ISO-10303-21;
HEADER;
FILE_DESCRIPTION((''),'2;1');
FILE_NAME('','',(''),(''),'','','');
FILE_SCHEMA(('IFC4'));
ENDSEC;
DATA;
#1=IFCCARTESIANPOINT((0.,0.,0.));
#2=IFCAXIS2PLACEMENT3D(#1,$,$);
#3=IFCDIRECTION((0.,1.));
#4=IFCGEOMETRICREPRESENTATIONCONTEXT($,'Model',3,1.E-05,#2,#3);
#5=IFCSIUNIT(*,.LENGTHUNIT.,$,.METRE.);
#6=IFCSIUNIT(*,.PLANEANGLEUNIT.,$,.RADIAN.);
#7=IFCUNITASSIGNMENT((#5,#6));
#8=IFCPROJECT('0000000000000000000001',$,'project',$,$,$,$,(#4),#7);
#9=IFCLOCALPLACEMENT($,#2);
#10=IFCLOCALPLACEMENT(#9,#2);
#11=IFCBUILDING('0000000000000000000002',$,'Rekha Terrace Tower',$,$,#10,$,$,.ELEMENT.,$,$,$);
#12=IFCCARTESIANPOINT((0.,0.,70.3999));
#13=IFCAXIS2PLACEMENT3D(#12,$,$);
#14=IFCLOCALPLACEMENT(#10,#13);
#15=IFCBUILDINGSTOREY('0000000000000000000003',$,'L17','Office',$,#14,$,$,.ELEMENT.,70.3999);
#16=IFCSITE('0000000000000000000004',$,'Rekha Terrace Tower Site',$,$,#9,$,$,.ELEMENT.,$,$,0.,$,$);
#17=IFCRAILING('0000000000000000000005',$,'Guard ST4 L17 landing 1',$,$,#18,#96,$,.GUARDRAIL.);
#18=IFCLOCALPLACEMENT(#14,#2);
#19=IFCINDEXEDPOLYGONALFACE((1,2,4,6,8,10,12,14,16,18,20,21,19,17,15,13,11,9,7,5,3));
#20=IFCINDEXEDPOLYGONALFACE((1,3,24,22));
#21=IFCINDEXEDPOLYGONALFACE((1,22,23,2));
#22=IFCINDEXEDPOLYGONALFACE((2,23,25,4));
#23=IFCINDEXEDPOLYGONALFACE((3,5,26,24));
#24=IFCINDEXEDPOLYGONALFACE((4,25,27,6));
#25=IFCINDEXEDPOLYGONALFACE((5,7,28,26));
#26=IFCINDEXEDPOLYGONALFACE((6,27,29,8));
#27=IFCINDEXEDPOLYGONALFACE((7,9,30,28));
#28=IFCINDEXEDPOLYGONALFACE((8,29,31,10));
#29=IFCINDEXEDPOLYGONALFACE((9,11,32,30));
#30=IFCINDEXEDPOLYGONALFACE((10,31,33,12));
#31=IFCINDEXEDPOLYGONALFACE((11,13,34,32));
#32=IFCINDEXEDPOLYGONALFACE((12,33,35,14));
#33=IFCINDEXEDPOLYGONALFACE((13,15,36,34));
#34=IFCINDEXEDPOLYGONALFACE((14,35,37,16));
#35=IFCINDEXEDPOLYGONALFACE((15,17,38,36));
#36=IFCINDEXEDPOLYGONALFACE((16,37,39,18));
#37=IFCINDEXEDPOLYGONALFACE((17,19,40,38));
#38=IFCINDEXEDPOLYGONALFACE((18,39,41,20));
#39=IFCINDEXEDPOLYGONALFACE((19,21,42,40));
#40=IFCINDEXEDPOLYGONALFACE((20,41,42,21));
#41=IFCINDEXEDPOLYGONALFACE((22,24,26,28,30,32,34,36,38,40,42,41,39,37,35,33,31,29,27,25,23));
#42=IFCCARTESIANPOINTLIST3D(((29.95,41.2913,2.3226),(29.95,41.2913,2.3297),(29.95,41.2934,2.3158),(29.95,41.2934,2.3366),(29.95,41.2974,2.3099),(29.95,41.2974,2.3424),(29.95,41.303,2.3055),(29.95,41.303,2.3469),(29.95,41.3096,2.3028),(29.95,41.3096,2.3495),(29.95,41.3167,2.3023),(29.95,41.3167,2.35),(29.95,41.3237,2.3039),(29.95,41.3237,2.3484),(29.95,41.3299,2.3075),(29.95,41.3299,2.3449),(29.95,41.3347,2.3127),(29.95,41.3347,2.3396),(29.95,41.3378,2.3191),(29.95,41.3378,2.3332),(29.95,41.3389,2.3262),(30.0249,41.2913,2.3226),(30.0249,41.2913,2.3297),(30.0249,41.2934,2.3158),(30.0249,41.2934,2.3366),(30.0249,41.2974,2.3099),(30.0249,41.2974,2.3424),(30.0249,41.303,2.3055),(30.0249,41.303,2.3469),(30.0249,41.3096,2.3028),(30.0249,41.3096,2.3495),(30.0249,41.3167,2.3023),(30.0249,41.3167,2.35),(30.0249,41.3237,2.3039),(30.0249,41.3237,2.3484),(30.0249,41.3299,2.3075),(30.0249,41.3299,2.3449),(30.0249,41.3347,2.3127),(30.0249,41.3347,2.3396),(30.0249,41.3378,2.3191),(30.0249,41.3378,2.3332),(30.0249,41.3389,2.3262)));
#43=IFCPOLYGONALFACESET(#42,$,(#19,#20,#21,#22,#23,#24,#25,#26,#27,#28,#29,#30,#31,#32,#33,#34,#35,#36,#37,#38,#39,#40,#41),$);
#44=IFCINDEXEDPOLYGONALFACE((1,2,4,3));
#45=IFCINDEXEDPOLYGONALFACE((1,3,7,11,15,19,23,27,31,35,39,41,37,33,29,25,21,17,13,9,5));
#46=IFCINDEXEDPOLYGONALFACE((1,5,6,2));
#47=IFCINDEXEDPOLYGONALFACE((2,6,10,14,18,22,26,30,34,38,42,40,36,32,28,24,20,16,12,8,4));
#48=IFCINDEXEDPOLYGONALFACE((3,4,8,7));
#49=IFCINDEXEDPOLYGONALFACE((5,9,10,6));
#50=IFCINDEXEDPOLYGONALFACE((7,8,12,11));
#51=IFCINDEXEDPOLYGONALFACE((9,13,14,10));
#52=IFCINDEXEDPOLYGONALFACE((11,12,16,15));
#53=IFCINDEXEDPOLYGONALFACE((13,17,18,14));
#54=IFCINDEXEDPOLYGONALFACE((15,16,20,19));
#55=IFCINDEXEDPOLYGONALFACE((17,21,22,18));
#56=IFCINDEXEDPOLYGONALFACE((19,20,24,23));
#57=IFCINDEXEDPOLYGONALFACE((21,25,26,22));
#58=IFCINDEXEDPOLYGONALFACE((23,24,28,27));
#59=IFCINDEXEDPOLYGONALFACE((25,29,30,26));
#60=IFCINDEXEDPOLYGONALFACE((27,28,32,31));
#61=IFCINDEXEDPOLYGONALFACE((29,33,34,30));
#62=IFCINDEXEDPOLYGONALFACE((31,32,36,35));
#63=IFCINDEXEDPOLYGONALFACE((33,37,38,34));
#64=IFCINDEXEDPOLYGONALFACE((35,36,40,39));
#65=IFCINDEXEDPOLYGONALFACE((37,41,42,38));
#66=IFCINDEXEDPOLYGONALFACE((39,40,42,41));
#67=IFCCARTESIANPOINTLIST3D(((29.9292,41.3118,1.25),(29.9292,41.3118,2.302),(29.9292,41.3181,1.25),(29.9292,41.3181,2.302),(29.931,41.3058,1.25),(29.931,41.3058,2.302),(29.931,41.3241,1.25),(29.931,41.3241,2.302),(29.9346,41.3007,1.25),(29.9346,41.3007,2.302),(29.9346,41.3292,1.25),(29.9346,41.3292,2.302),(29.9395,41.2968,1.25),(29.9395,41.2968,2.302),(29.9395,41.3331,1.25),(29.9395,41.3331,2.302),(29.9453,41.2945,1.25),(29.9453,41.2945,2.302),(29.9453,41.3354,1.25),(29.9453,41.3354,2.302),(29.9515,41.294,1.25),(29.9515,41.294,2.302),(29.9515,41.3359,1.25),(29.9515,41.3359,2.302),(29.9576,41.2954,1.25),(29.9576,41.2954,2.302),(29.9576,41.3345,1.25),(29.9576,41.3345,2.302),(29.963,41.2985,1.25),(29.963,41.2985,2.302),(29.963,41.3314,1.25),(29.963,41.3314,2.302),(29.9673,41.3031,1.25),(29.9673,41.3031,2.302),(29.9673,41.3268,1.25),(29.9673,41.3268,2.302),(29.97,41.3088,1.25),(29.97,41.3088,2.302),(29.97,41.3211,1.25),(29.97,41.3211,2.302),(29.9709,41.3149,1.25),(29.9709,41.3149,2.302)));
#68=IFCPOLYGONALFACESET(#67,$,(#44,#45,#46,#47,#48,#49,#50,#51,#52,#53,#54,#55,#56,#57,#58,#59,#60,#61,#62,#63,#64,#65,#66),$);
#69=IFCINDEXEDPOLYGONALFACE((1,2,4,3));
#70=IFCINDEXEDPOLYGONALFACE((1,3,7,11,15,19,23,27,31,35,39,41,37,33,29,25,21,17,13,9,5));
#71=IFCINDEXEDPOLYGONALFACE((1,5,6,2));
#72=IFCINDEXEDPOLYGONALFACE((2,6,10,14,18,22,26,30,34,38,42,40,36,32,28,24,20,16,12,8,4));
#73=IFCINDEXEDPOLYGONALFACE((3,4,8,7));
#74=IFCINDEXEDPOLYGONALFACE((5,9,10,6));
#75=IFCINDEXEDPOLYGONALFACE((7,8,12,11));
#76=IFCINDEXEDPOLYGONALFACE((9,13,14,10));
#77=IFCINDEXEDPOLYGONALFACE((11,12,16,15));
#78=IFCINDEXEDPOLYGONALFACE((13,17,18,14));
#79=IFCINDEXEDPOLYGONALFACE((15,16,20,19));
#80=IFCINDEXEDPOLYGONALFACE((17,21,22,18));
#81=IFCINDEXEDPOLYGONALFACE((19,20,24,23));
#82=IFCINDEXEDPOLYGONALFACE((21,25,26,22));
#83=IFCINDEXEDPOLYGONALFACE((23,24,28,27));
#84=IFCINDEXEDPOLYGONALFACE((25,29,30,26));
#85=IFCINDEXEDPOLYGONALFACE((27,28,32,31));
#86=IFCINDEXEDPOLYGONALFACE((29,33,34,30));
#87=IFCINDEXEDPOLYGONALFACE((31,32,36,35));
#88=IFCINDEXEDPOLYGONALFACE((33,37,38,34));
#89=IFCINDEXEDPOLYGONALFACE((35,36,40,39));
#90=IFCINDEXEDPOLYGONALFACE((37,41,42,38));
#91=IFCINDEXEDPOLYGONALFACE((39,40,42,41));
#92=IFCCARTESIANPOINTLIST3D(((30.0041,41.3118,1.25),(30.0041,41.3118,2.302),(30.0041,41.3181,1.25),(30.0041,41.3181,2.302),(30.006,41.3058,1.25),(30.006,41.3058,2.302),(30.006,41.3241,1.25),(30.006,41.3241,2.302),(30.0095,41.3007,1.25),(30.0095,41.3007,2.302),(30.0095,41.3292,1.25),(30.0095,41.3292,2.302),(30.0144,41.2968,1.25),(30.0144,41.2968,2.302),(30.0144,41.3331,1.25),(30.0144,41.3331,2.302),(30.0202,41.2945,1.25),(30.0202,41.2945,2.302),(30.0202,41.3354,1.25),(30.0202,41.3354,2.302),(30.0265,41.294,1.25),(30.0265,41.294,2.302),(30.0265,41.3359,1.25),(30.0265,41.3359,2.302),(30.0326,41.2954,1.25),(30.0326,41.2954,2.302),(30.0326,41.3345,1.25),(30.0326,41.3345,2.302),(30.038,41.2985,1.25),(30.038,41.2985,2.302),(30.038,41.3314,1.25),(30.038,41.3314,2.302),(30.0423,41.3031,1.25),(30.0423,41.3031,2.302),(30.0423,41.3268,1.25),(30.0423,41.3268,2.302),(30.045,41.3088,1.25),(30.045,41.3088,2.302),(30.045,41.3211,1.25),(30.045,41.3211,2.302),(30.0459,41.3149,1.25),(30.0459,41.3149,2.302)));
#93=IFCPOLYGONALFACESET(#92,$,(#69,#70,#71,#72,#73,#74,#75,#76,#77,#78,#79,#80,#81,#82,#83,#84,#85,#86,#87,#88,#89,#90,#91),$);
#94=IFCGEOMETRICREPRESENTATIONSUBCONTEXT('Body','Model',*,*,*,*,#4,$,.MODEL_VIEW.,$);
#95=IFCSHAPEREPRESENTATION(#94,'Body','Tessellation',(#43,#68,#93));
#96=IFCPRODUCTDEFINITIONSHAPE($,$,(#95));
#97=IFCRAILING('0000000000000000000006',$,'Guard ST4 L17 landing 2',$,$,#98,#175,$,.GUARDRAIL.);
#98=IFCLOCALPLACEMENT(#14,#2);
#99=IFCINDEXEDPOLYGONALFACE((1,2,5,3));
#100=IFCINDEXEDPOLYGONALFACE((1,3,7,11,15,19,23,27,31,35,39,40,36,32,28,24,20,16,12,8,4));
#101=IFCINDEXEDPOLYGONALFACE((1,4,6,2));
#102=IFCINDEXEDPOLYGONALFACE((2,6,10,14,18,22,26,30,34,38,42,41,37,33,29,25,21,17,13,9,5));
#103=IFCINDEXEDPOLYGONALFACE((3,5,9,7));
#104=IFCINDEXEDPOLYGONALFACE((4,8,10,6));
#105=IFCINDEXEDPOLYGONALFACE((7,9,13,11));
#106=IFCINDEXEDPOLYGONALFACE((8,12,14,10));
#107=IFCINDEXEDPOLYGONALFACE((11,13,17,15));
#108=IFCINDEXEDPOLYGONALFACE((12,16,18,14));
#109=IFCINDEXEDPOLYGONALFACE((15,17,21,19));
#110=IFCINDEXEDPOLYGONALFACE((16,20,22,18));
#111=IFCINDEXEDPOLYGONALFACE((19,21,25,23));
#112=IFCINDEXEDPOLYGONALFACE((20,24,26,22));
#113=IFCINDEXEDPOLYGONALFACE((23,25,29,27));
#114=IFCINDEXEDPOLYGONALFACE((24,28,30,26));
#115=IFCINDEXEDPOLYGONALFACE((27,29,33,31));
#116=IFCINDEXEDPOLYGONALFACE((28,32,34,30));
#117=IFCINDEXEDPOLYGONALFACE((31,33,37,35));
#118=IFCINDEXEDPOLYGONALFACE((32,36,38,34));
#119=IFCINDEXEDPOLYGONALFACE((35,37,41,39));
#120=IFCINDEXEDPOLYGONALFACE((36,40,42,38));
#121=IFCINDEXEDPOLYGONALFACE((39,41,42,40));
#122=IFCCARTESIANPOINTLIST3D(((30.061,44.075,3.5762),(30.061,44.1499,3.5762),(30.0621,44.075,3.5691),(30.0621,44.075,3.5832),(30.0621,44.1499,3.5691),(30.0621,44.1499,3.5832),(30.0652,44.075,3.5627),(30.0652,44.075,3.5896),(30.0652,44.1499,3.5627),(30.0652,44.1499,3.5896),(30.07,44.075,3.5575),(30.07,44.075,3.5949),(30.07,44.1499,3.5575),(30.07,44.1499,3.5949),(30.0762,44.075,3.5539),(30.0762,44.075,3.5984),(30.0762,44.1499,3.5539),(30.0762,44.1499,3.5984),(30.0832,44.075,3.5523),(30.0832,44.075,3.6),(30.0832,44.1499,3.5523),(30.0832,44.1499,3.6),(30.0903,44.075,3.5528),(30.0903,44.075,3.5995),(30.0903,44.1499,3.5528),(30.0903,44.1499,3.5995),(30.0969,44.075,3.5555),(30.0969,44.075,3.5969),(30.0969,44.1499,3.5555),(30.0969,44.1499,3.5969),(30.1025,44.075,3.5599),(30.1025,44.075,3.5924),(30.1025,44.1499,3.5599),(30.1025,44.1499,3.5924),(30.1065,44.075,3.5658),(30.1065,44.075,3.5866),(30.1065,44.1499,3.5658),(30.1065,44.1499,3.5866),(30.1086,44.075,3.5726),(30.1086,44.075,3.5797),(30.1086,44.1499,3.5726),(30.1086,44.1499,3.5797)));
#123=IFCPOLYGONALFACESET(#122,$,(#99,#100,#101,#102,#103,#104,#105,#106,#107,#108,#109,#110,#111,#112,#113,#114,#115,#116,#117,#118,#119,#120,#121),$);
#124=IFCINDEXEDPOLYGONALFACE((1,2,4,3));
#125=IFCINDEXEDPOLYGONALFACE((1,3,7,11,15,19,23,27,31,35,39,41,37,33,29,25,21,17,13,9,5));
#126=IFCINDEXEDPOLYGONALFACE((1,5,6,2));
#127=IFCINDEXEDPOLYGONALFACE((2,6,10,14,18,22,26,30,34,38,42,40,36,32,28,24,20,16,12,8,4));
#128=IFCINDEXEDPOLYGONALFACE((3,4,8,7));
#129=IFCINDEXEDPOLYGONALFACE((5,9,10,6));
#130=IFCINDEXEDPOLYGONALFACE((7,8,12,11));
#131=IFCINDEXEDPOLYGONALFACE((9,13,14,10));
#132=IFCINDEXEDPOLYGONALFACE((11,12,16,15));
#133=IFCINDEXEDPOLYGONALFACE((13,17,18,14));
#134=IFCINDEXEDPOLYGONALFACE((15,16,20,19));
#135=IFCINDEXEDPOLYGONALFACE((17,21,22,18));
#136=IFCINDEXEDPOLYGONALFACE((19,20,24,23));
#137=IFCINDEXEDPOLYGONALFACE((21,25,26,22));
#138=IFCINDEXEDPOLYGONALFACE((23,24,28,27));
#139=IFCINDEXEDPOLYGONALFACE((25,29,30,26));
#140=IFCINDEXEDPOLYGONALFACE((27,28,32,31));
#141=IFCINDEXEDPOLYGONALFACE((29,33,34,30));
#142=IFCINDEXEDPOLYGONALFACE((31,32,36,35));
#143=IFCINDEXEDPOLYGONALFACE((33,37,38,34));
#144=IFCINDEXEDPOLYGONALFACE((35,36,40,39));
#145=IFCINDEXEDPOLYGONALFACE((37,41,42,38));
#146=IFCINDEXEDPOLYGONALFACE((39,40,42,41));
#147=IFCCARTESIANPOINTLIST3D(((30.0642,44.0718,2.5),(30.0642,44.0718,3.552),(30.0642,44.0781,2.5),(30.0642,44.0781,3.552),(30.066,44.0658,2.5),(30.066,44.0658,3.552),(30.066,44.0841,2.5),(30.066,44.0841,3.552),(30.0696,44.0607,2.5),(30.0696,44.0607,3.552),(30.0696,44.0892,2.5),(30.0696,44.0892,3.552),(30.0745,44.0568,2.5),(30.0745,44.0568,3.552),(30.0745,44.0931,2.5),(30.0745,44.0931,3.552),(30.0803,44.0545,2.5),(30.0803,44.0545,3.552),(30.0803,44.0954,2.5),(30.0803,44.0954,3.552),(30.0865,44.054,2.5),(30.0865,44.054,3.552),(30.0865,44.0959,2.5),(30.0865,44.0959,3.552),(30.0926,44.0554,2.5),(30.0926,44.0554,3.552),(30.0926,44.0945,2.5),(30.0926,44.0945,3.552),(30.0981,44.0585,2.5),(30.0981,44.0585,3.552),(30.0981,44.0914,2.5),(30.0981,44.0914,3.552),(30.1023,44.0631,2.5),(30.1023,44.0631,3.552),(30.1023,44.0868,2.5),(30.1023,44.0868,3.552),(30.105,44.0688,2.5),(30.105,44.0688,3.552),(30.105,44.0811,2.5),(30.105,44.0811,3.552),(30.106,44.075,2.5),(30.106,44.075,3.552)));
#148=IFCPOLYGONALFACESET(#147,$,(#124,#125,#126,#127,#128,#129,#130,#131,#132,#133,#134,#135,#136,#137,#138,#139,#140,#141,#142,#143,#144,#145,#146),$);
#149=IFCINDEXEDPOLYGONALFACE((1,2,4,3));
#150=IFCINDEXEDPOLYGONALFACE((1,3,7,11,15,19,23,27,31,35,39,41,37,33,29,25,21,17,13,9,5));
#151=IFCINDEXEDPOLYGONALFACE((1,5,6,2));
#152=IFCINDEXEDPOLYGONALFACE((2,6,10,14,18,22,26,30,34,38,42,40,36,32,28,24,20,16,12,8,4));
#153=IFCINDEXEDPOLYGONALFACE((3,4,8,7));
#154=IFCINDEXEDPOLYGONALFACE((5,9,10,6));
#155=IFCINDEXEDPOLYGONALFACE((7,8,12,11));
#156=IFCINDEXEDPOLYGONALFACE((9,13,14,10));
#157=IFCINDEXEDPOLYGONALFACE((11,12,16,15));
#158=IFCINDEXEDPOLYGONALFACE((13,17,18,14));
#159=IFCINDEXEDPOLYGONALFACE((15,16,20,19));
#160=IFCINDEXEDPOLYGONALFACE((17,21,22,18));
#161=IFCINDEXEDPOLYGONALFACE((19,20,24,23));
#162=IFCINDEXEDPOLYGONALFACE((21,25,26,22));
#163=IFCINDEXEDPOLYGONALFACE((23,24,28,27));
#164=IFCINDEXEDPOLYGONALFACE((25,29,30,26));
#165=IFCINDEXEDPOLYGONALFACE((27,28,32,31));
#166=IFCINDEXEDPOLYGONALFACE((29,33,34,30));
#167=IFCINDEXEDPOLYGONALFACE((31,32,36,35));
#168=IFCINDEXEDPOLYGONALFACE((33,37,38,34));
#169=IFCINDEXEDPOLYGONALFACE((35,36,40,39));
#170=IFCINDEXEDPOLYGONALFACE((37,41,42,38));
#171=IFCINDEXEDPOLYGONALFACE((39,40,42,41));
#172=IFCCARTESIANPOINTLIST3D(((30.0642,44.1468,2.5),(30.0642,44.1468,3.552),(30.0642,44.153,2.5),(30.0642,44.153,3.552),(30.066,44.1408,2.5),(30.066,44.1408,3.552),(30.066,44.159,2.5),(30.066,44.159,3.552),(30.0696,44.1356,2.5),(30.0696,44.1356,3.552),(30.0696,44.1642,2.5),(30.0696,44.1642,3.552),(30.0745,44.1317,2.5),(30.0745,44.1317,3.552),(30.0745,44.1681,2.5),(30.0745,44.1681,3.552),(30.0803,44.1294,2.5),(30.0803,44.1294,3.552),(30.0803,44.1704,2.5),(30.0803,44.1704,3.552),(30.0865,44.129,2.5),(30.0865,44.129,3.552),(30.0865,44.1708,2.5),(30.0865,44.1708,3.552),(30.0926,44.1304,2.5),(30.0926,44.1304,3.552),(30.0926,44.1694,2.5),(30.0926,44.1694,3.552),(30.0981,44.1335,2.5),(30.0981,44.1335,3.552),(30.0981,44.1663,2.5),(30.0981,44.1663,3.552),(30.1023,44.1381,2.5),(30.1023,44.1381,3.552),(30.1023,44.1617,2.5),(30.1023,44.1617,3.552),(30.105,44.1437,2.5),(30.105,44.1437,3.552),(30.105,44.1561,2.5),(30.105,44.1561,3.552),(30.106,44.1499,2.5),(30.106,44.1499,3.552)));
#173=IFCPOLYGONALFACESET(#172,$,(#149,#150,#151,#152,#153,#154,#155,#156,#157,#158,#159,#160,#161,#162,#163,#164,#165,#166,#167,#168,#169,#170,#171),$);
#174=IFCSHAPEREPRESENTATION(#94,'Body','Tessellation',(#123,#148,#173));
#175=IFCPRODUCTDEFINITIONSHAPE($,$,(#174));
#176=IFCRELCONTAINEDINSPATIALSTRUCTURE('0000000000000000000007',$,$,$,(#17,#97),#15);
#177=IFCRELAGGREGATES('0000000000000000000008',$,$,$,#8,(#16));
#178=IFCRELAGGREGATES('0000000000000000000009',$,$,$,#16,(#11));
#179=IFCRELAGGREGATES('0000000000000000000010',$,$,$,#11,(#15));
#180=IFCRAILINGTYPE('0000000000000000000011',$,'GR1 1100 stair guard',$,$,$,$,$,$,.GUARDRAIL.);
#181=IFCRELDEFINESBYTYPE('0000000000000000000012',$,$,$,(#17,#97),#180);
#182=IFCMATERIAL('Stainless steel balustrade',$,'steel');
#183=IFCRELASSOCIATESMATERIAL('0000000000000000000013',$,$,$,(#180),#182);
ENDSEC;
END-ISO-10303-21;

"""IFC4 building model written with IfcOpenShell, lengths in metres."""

from ifc_helpers import new_model, si_unit, direction, frame, origin, origin_2d, place, context, subcontext, project, spatial, circle, extrude, material, type_object, element, save


model = new_model("IFC4")

# Units and contexts
model_context = context("Model", 3, precision=1e-05, world=origin(), true_north=direction((0.0, 1.0)))
body_context = subcontext(model_context, "Body", "Model", "MODEL_VIEW")
ifc_project = project(units=[si_unit("LENGTHUNIT", "METRE"), si_unit("PLANEANGLEUNIT", "RADIAN")], contexts=[model_context])

# Site, building, storey
site_placement = place(None, origin())
site = spatial("IfcSite", under=ifc_project, at=site_placement, Name="Rekha Terrace Tower Site", CompositionType="ELEMENT", RefElevation=0.0)
building_placement = place(site_placement, origin())
building = spatial("IfcBuilding", under=site, at=building_placement, Name="Rekha Terrace Tower", CompositionType="ELEMENT")
storey_placement = place(building_placement, frame((0.0, 0.0, 70.3999)))
storey = spatial("IfcBuildingStorey", under=building, at=storey_placement, Name="L17", Description="Office", CompositionType="ELEMENT", Elevation=70.3999)

# Railings
ifc_material_1 = material(Name="Stainless steel balustrade", Category="steel")
railing_type_1 = type_object("IfcRailingType", Name="GR1 1100 stair guard", PredefinedType="GUARDRAIL", material=ifc_material_1)
railing_1_placement = place(storey_placement, frame((29.95, 41.3149, 1.25)))
element("IfcRailing", 1, at=railing_1_placement, inside=storey, type_object=railing_type_1, Name="Guard ST4 L17 landing 1", PredefinedType="GUARDRAIL", context=body_context, shape_type="SweptSolid", body=[
    extrude(circle(Radius=0.0239, at=origin_2d()), frame((0.0, 0.0, 1.0762), z_axis=(1.0, 0.0, 0.0), x_axis=(0.0, 1.0, 0.0)), (0.0, 0.0, 1.0), 0.075),
    extrude(circle(Radius=0.021, at=origin_2d()), origin(), (0.0, 0.0, 1.0), 1.052),
    extrude(circle(Radius=0.021, at=origin_2d()), frame((0.075, 0.0, 0.0)), (0.0, 0.0, 1.0), 1.052),
])
railing_2_placement = place(storey_placement, frame((30.085, 44.075, 2.5)))
element("IfcRailing", 2, at=railing_2_placement, inside=storey, type_object=railing_type_1, Name="Guard ST4 L17 landing 2", PredefinedType="GUARDRAIL", context=body_context, shape_type="SweptSolid", body=[
    extrude(circle(Radius=0.0239, at=origin_2d()), frame((0.0, 0.0, 1.0762), z_axis=(0.0, 1.0, 0.0), x_axis=(-1.0, 0.0, 0.0)), (0.0, 0.0, 1.0), 0.075),
    extrude(circle(Radius=0.021, at=origin_2d()), origin(), (0.0, 0.0, 1.0), 1.052),
    extrude(circle(Radius=0.021, at=origin_2d()), frame((0.0, 0.075, 0.0)), (0.0, 0.0, 1.0), 1.052),
])

save(model, "model.ifc")
